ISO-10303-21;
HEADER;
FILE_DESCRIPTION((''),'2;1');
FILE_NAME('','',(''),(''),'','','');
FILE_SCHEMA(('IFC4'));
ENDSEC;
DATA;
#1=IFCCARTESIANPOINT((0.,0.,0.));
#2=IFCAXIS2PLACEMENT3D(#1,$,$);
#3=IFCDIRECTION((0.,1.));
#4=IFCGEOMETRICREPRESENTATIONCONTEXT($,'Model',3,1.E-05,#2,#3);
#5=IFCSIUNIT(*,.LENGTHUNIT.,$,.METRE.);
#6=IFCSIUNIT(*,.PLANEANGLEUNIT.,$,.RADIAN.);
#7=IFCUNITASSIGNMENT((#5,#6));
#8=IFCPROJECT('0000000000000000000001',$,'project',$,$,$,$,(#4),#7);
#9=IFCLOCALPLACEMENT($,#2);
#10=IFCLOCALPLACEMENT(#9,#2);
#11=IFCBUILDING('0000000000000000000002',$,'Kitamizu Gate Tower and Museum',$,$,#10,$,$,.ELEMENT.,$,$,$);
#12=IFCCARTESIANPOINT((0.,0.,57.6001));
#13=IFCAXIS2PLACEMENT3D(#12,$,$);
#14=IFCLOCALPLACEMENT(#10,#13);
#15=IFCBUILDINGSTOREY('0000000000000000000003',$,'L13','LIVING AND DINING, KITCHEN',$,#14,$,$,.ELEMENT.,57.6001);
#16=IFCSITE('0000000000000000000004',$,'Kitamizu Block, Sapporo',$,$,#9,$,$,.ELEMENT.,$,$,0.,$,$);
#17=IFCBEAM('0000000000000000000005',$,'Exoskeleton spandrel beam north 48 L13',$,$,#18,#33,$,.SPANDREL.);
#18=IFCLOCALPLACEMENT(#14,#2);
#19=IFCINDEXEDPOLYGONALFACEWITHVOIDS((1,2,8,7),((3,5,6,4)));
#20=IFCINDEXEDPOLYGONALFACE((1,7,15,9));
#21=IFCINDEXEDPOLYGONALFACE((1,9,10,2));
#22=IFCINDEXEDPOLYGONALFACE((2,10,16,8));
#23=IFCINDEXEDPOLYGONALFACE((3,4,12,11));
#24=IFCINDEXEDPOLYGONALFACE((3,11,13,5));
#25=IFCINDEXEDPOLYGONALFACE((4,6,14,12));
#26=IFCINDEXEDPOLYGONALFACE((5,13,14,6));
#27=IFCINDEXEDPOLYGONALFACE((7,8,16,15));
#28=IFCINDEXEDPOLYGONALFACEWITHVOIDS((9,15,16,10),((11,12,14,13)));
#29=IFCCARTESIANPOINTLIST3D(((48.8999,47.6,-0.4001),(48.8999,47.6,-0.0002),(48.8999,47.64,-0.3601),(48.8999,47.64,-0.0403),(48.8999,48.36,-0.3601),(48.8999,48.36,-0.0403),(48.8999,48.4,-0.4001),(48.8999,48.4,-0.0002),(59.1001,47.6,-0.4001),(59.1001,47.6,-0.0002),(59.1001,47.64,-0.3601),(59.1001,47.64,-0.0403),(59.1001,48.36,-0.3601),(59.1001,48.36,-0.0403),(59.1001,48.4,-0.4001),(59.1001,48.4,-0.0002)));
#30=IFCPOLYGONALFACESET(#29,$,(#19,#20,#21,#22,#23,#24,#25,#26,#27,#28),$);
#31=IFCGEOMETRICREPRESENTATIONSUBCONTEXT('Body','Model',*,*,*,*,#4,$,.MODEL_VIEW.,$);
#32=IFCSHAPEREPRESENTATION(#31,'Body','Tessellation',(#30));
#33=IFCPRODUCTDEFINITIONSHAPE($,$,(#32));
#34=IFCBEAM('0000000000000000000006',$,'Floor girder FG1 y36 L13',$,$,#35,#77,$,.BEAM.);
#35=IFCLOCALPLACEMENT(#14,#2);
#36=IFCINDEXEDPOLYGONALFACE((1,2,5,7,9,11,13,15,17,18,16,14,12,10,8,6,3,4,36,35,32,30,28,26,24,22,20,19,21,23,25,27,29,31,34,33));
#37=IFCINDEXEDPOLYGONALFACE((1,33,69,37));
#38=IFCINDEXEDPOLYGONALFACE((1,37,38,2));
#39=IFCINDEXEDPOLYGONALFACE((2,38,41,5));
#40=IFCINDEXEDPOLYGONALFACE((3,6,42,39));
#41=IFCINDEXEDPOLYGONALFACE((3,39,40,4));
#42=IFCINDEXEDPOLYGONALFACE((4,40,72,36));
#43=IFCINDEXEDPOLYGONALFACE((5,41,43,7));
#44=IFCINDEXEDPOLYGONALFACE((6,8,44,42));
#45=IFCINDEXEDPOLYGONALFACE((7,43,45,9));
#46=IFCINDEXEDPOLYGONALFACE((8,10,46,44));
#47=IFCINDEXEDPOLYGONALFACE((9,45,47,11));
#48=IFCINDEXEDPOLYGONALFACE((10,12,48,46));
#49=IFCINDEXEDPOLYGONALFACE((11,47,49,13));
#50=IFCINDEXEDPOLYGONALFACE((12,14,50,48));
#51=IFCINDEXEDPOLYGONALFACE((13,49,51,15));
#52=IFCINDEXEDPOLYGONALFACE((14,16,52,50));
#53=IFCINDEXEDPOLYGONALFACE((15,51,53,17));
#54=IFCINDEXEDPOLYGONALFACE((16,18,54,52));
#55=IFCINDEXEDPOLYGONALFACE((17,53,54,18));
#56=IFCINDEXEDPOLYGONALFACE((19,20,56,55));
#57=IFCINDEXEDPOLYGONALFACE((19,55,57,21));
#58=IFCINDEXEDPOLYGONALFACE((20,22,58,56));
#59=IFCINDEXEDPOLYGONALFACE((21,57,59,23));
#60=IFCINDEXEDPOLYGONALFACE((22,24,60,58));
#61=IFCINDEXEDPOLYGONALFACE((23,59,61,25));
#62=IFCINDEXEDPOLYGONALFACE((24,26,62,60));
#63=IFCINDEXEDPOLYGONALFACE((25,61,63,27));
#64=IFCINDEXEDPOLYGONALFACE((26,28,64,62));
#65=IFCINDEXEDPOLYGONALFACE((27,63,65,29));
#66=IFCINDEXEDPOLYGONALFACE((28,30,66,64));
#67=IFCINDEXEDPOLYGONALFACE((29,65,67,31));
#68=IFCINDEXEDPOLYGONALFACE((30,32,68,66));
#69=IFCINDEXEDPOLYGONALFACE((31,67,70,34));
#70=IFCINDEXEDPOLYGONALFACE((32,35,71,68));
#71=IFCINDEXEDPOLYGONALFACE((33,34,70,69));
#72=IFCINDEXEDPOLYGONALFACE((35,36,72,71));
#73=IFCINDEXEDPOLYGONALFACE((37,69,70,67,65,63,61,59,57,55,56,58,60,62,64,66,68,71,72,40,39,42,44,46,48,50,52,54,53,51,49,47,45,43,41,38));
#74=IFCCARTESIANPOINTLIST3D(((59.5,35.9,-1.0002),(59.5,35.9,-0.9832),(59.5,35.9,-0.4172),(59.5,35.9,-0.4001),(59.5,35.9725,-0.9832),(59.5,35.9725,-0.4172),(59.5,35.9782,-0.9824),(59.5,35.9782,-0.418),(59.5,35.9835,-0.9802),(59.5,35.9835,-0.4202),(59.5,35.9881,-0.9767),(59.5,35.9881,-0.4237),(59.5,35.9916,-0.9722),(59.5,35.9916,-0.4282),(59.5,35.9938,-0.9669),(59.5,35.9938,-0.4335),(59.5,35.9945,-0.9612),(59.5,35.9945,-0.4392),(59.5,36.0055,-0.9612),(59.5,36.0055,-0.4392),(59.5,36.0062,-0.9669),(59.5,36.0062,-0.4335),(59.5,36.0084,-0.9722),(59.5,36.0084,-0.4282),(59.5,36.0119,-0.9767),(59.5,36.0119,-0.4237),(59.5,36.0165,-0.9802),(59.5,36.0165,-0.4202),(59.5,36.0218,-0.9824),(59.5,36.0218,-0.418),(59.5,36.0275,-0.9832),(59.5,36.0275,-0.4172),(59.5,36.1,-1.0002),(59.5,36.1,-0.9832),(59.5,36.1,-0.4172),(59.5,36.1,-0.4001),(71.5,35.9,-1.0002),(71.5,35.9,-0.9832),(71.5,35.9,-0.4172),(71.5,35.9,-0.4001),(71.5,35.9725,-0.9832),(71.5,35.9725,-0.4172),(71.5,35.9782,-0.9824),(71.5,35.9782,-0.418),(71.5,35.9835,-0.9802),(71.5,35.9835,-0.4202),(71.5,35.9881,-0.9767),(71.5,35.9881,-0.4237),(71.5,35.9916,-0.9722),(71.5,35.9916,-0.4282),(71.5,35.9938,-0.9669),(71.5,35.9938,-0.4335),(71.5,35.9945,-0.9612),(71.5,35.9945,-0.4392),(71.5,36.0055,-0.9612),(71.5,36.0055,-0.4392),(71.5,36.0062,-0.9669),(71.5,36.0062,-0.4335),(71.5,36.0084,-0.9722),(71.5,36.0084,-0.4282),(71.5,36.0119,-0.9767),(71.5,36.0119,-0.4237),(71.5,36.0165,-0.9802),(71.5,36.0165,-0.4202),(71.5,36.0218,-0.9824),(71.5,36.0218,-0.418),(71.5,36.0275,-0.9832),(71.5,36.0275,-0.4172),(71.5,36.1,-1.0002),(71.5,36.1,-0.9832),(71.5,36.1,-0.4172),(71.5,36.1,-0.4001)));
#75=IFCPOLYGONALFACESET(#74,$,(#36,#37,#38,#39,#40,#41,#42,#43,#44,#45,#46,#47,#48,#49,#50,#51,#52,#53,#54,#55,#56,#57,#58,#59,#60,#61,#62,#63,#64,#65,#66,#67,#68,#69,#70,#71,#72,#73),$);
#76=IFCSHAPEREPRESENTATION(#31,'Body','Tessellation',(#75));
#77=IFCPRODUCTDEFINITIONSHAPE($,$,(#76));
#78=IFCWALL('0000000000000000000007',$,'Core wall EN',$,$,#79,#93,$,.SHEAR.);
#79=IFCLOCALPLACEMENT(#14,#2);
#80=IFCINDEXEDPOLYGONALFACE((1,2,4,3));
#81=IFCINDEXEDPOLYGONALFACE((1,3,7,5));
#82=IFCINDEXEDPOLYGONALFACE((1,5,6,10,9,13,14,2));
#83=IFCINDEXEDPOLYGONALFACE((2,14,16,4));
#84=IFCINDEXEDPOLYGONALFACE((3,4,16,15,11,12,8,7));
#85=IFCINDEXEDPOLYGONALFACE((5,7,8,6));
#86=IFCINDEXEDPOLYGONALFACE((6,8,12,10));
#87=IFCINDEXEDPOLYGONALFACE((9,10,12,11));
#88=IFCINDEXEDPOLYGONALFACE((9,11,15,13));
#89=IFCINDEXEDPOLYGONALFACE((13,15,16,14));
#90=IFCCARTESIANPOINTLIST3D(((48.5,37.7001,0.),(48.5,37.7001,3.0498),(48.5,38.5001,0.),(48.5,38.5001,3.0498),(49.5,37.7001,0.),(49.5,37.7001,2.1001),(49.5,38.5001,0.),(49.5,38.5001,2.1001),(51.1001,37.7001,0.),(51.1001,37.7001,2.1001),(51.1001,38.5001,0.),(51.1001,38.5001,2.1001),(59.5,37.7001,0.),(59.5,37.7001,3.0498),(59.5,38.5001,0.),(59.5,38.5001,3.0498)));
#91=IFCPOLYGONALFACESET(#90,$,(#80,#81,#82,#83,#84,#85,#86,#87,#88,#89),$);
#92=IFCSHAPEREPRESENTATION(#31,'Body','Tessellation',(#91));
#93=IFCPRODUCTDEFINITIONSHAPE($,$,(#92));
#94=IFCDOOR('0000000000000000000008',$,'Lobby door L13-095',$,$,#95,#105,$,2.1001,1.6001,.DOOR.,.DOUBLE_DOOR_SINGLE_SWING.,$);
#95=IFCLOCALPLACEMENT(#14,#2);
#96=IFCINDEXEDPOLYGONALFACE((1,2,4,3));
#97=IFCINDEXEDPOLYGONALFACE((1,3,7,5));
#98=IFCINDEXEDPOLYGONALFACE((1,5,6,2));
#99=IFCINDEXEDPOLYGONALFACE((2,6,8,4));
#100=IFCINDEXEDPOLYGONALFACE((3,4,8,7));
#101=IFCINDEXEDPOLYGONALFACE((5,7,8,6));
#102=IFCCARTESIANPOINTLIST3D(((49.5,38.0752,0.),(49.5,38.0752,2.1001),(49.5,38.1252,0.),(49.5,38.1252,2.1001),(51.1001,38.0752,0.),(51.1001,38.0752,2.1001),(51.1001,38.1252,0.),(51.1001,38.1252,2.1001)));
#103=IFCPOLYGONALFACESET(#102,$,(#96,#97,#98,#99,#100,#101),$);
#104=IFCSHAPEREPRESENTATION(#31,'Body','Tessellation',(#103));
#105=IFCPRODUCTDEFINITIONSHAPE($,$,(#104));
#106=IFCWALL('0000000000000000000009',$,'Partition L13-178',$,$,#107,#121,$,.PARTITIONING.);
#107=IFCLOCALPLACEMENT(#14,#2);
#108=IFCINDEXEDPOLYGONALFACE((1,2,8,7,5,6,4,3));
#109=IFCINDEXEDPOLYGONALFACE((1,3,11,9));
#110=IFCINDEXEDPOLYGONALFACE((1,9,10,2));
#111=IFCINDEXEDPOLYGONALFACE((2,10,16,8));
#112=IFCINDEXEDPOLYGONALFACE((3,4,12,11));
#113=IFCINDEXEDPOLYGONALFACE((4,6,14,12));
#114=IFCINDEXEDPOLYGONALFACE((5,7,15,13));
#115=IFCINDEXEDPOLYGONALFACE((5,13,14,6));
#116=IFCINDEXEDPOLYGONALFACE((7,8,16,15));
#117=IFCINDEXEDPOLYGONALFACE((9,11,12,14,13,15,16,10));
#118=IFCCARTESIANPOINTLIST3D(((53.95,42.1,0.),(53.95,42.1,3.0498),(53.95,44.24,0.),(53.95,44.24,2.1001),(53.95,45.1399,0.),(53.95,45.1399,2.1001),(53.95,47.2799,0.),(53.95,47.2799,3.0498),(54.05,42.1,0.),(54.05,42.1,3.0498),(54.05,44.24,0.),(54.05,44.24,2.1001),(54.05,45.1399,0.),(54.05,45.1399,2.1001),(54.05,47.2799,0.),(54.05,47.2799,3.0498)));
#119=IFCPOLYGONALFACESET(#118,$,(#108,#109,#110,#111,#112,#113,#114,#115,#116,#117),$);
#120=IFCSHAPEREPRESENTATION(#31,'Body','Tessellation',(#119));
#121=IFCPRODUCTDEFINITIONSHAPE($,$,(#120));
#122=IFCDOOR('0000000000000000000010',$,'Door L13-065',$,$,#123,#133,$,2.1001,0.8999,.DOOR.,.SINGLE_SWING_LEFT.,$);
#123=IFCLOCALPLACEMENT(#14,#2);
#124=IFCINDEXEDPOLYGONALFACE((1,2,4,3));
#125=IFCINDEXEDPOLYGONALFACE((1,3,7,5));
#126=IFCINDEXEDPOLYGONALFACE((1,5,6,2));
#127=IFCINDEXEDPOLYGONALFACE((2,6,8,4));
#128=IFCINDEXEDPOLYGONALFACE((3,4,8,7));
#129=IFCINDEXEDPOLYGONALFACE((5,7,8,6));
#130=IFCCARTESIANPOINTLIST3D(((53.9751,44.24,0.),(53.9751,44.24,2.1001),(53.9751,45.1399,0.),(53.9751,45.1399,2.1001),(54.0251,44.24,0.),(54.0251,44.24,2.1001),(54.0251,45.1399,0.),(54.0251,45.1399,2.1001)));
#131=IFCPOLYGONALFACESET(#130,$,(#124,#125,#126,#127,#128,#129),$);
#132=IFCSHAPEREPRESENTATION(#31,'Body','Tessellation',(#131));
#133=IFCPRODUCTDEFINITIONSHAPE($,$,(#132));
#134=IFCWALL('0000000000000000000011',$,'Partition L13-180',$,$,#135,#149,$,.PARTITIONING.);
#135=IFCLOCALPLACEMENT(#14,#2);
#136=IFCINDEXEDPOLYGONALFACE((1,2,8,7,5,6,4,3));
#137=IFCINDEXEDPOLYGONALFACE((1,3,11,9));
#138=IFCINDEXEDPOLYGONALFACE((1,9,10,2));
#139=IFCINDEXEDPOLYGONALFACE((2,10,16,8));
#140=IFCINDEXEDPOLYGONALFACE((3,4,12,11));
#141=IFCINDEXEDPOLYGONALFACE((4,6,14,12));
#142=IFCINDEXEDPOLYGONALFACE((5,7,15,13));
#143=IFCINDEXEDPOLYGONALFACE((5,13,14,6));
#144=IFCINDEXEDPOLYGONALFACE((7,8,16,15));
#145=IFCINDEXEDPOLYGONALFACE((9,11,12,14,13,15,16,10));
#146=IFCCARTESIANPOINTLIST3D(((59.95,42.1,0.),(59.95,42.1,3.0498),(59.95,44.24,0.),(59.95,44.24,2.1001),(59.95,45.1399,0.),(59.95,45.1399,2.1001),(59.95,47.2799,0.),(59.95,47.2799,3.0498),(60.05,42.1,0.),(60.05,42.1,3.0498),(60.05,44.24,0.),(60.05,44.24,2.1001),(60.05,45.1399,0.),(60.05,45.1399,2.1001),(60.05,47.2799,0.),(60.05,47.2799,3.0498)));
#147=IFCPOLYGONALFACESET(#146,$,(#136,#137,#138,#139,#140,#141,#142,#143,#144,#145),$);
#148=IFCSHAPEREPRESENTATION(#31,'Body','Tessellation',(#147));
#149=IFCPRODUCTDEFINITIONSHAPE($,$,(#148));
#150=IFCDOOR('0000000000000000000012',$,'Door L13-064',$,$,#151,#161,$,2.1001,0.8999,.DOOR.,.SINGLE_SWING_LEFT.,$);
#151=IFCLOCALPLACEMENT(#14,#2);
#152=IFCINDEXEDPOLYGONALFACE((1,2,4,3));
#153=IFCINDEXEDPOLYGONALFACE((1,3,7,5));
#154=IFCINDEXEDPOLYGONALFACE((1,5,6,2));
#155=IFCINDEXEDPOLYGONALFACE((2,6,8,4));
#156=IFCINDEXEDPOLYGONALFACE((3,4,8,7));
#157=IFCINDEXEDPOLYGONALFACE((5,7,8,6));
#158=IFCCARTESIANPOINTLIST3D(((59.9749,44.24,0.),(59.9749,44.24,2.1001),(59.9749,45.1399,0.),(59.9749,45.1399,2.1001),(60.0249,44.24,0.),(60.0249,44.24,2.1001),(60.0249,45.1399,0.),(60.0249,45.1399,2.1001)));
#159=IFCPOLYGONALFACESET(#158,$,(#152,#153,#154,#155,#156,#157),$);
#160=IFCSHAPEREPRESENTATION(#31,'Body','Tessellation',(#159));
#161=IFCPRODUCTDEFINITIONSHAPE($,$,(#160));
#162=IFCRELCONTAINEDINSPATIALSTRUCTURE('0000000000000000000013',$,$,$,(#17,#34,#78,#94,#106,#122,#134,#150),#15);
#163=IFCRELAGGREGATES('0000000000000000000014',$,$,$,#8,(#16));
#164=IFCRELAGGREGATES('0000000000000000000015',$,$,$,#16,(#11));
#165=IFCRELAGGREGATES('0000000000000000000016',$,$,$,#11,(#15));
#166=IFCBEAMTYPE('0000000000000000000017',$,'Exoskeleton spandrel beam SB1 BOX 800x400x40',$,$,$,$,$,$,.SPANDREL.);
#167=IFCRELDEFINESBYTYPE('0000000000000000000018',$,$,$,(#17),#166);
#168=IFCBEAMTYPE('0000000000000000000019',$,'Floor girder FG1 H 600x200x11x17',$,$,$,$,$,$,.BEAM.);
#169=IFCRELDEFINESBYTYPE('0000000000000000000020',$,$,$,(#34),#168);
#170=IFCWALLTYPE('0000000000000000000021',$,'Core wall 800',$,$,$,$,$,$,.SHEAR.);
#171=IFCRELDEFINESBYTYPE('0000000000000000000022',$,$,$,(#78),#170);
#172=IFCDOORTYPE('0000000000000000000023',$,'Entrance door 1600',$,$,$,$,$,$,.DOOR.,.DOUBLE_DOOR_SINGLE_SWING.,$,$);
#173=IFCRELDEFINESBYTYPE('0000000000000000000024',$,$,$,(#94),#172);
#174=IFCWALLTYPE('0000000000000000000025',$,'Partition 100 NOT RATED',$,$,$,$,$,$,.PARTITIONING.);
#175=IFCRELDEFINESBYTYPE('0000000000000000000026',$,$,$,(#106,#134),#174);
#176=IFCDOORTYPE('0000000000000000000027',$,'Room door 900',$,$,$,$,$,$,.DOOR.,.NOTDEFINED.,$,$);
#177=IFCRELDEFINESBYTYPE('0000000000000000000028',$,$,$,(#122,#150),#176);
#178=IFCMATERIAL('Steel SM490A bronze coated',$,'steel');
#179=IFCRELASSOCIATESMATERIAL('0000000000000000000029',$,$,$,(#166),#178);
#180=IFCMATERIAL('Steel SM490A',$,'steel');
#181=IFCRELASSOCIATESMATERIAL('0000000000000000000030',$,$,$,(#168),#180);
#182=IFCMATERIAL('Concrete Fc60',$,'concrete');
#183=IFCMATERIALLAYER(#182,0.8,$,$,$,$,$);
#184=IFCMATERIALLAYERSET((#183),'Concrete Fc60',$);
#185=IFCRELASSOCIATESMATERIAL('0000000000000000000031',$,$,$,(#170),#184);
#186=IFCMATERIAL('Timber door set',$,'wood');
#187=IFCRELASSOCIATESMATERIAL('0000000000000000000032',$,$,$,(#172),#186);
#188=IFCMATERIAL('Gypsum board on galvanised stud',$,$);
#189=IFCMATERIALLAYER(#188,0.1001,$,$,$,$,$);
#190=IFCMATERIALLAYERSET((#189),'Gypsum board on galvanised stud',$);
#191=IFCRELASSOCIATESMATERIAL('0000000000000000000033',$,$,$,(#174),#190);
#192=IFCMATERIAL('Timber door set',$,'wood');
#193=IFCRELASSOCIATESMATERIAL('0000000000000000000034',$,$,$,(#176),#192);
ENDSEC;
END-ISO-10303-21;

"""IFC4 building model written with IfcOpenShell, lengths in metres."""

from ifc_helpers import new_model, si_unit, direction, frame, frame_2d, origin, origin_2d, place, context, subcontext, project, spatial, rectangle, hollow_rectangle, i_section, extrude, material, layer, layer_set, material_profile, profile_set, type_object, element, fill, save


model = new_model("IFC4")

# Units and contexts
model_context = context("Model", 3, precision=1e-05, world=origin(), true_north=direction((0.0, 1.0)))
body_context = subcontext(model_context, "Body", "Model", "MODEL_VIEW")
ifc_project = project(units=[si_unit("LENGTHUNIT", "METRE"), si_unit("PLANEANGLEUNIT", "RADIAN")], contexts=[model_context])

# Site, building, storey
site_placement = place(None, origin())
site = spatial("IfcSite", under=ifc_project, at=site_placement, Name="Kitamizu Block, Sapporo", CompositionType="ELEMENT", RefElevation=0.0)
building_placement = place(site_placement, origin())
building = spatial("IfcBuilding", under=site, at=building_placement, Name="Kitamizu Gate Tower and Museum", CompositionType="ELEMENT")
storey_placement = place(building_placement, frame((0.0, 0.0, 57.6001)))
storey = spatial("IfcBuildingStorey", under=building, at=storey_placement, Name="L13", Description="LIVING AND DINING, KITCHEN", CompositionType="ELEMENT", Elevation=57.6001)

# Beams
ifc_material_1 = material(Name="Steel SM490A bronze coated", Category="steel")
ifc_material_profile_1 = material_profile(ifc_material_1, hollow_rectangle(XDim=0.8, YDim=0.3999, WallThickness=0.04, at=origin_2d()), Name="BOX 800x400x40")
ifc_profile_set_1 = profile_set([ifc_material_profile_1], Name="Steel SM490A bronze coated")
beam_type_1 = type_object("IfcBeamType", Name="Exoskeleton spandrel beam SB1 BOX 800x400x40", PredefinedType="SPANDREL", material=ifc_profile_set_1)
beam_1_placement = place(storey_placement, frame((48.8999, 48.0, -0.2002), z_axis=(1.0, 0.0, 0.0), x_axis=(0.0, 1.0, 0.0)))
element("IfcBeam", 1, at=beam_1_placement, inside=storey, type_object=beam_type_1, Name="Exoskeleton spandrel beam north 48 L13", PredefinedType="SPANDREL", context=body_context, shape_type="SweptSolid", body=[
    extrude(hollow_rectangle(XDim=0.8, YDim=0.3999, WallThickness=0.04, at=origin_2d()), origin(), (0.0, 0.0, 1.0), 10.2002),
])
ifc_material_2 = material(Name="Steel SM490A", Category="steel")
ifc_material_profile_2 = material_profile(ifc_material_2, i_section(OverallWidth=0.2, OverallDepth=0.6001, WebThickness=0.011, FlangeThickness=0.0171, FilletRadius=0.022, at=origin_2d()), Name="H-600x200x11x17")
ifc_profile_set_2 = profile_set([ifc_material_profile_2], Name="Steel SM490A")
beam_type_2 = type_object("IfcBeamType", Name="Floor girder FG1 H 600x200x11x17", PredefinedType="BEAM", material=ifc_profile_set_2)
beam_2_placement = place(storey_placement, frame((59.5, 36.0, -0.7002), z_axis=(1.0, 0.0, 0.0), x_axis=(0.0, 1.0, 0.0)))
element("IfcBeam", 2, at=beam_2_placement, inside=storey, type_object=beam_type_2, Name="Floor girder FG1 y36 L13", PredefinedType="BEAM", context=body_context, shape_type="SweptSolid", body=[
    extrude(i_section(OverallWidth=0.2, OverallDepth=0.6001, WebThickness=0.011, FlangeThickness=0.0171, FilletRadius=0.022, at=origin_2d()), origin(), (0.0, 0.0, 1.0), 12.0),
])

# Walls, openings, doors
ifc_material_3 = material(Name="Concrete Fc60", Category="concrete")
ifc_layer_1 = layer(ifc_material_3, 0.8)
ifc_layer_set_1 = layer_set([ifc_layer_1], Name="Concrete Fc60")
wall_type_1 = type_object("IfcWallType", Name="Core wall 800", PredefinedType="SHEAR", material=ifc_layer_set_1)
wall_1_placement = place(storey_placement, frame((59.5, 38.1001, 0.0), z_axis=(0.0, 0.0, 1.0), x_axis=(-1.0, 0.0, 0.0)))
wall_1 = element("IfcWall", 3, at=wall_1_placement, inside=storey, type_object=wall_type_1, Name="Core wall EN", PredefinedType="SHEAR", context=body_context, shape_type="SweptSolid", body=[
    extrude(rectangle(XDim=11.0, YDim=0.8, at=frame_2d((5.5, 0.0))), origin(), (0.0, 0.0, 1.0), 3.0498),
])
opening_1_placement = place(wall_1_placement, frame((8.3999, 0.0, 0.0)))
opening_1 = element("IfcOpeningElement", 4, at=opening_1_placement, cuts=wall_1, PredefinedType="OPENING", context=body_context, shape_type="SweptSolid", body=[
    extrude(rectangle(XDim=1.6001, YDim=2.1001, at=frame_2d((0.8, 1.05))), frame((0.0, 0.4102, 0.0), z_axis=(0.0, -1.0, 0.0), x_axis=(1.0, 0.0, 0.0)), (0.0, 0.0, 1.0), 0.8201),
])
ifc_material_4 = material(Name="Timber door set", Category="wood")
door_type_1 = type_object("IfcDoorType", Name="Entrance door 1600", OperationType="DOUBLE_DOOR_SINGLE_SWING", PredefinedType="DOOR", material=ifc_material_4)
door_1_placement = place(opening_1_placement, origin())
door_1 = element("IfcDoor", 5, at=door_1_placement, inside=storey, type_object=door_type_1, Name="Lobby door L13-095", OperationType="DOUBLE_DOOR_SINGLE_SWING", OverallHeight=2.1001, OverallWidth=1.6001, PredefinedType="DOOR", context=body_context, shape_type="SweptSolid", body=[
    extrude(rectangle(XDim=1.6001, YDim=2.1001, at=frame_2d((0.8, 1.05))), frame((0.0, 0.0249, 0.0), z_axis=(0.0, -1.0, 0.0), x_axis=(1.0, 0.0, 0.0)), (0.0, 0.0, 1.0), 0.05),
])
fill(opening_1, door_1)
ifc_material_5 = material(Name="Gypsum board on galvanised stud")
ifc_layer_2 = layer(ifc_material_5, 0.1001)
ifc_layer_set_2 = layer_set([ifc_layer_2], Name="Gypsum board on galvanised stud")
wall_type_2 = type_object("IfcWallType", Name="Partition 100 NOT RATED", PredefinedType="PARTITIONING", material=ifc_layer_set_2)
wall_2_placement = place(storey_placement, frame((54.0, 42.1001, 0.0), z_axis=(0.0, 0.0, 1.0), x_axis=(0.0, 1.0, 0.0)))
wall_2 = element("IfcWall", 6, at=wall_2_placement, inside=storey, type_object=wall_type_2, Name="Partition L13-178", PredefinedType="PARTITIONING", context=body_context, shape_type="SweptSolid", body=[
    extrude(rectangle(XDim=5.1799, YDim=0.1001, at=frame_2d((2.5898, 0.0))), origin(), (0.0, 0.0, 1.0), 3.0498),
])
opening_2_placement = place(wall_2_placement, frame((2.1399, 0.0, 0.0)))
opening_2 = element("IfcOpeningElement", 7, at=opening_2_placement, cuts=wall_2, PredefinedType="OPENING", context=body_context, shape_type="SweptSolid", body=[
    extrude(rectangle(XDim=0.8999, YDim=2.1001, at=frame_2d((0.45, 1.05))), frame((0.0, 0.0601, 0.0), z_axis=(0.0, -1.0, 0.0), x_axis=(1.0, 0.0, 0.0)), (0.0, 0.0, 1.0), 0.1201),
])
ifc_material_6 = material(Name="Timber door set", Category="wood")
door_type_2 = type_object("IfcDoorType", Name="Room door 900", OperationType="NOTDEFINED", PredefinedType="DOOR", material=ifc_material_6)
door_2_placement = place(opening_2_placement, origin())
door_2 = element("IfcDoor", 8, at=door_2_placement, inside=storey, type_object=door_type_2, Name="Door L13-065", OperationType="SINGLE_SWING_LEFT", OverallHeight=2.1001, OverallWidth=0.8999, PredefinedType="DOOR", context=body_context, shape_type="SweptSolid", body=[
    extrude(rectangle(XDim=0.8999, YDim=2.1001, at=frame_2d((0.45, 1.05))), frame((0.0, 0.0249, 0.0), z_axis=(0.0, -1.0, 0.0), x_axis=(1.0, 0.0, 0.0)), (0.0, 0.0, 1.0), 0.05),
])
fill(opening_2, door_2)
wall_3_placement = place(storey_placement, frame((60.0, 42.1001, 0.0), z_axis=(0.0, 0.0, 1.0), x_axis=(0.0, 1.0, 0.0)))
wall_3 = element("IfcWall", 9, at=wall_3_placement, inside=storey, type_object=wall_type_2, Name="Partition L13-180", PredefinedType="PARTITIONING", context=body_context, shape_type="SweptSolid", body=[
    extrude(rectangle(XDim=5.1799, YDim=0.1001, at=frame_2d((2.5898, 0.0))), origin(), (0.0, 0.0, 1.0), 3.0498),
])
opening_3_placement = place(wall_3_placement, frame((2.1399, 0.0, 0.0)))
opening_3 = element("IfcOpeningElement", 10, at=opening_3_placement, cuts=wall_3, PredefinedType="OPENING", context=body_context, shape_type="SweptSolid", body=[
    extrude(rectangle(XDim=0.8999, YDim=2.1001, at=frame_2d((0.45, 1.05))), frame((0.0, 0.0601, 0.0), z_axis=(0.0, -1.0, 0.0), x_axis=(1.0, 0.0, 0.0)), (0.0, 0.0, 1.0), 0.1201),
])
door_3_placement = place(opening_3_placement, frame((0.8999, 0.0, 0.0), x_axis=(-1.0, 0.0, 0.0)))
door_3 = element("IfcDoor", 11, at=door_3_placement, inside=storey, type_object=door_type_2, Name="Door L13-064", OperationType="SINGLE_SWING_LEFT", OverallHeight=2.1001, OverallWidth=0.8999, PredefinedType="DOOR", context=body_context, shape_type="SweptSolid", body=[
    extrude(rectangle(XDim=0.8999, YDim=2.1001, at=frame_2d((0.45, 1.05))), frame((0.0, 0.0249, 0.0), z_axis=(0.0, -1.0, 0.0), x_axis=(1.0, 0.0, 0.0)), (0.0, 0.0, 1.0), 0.05),
])
fill(opening_3, door_3)

save(model, "model.ifc")
